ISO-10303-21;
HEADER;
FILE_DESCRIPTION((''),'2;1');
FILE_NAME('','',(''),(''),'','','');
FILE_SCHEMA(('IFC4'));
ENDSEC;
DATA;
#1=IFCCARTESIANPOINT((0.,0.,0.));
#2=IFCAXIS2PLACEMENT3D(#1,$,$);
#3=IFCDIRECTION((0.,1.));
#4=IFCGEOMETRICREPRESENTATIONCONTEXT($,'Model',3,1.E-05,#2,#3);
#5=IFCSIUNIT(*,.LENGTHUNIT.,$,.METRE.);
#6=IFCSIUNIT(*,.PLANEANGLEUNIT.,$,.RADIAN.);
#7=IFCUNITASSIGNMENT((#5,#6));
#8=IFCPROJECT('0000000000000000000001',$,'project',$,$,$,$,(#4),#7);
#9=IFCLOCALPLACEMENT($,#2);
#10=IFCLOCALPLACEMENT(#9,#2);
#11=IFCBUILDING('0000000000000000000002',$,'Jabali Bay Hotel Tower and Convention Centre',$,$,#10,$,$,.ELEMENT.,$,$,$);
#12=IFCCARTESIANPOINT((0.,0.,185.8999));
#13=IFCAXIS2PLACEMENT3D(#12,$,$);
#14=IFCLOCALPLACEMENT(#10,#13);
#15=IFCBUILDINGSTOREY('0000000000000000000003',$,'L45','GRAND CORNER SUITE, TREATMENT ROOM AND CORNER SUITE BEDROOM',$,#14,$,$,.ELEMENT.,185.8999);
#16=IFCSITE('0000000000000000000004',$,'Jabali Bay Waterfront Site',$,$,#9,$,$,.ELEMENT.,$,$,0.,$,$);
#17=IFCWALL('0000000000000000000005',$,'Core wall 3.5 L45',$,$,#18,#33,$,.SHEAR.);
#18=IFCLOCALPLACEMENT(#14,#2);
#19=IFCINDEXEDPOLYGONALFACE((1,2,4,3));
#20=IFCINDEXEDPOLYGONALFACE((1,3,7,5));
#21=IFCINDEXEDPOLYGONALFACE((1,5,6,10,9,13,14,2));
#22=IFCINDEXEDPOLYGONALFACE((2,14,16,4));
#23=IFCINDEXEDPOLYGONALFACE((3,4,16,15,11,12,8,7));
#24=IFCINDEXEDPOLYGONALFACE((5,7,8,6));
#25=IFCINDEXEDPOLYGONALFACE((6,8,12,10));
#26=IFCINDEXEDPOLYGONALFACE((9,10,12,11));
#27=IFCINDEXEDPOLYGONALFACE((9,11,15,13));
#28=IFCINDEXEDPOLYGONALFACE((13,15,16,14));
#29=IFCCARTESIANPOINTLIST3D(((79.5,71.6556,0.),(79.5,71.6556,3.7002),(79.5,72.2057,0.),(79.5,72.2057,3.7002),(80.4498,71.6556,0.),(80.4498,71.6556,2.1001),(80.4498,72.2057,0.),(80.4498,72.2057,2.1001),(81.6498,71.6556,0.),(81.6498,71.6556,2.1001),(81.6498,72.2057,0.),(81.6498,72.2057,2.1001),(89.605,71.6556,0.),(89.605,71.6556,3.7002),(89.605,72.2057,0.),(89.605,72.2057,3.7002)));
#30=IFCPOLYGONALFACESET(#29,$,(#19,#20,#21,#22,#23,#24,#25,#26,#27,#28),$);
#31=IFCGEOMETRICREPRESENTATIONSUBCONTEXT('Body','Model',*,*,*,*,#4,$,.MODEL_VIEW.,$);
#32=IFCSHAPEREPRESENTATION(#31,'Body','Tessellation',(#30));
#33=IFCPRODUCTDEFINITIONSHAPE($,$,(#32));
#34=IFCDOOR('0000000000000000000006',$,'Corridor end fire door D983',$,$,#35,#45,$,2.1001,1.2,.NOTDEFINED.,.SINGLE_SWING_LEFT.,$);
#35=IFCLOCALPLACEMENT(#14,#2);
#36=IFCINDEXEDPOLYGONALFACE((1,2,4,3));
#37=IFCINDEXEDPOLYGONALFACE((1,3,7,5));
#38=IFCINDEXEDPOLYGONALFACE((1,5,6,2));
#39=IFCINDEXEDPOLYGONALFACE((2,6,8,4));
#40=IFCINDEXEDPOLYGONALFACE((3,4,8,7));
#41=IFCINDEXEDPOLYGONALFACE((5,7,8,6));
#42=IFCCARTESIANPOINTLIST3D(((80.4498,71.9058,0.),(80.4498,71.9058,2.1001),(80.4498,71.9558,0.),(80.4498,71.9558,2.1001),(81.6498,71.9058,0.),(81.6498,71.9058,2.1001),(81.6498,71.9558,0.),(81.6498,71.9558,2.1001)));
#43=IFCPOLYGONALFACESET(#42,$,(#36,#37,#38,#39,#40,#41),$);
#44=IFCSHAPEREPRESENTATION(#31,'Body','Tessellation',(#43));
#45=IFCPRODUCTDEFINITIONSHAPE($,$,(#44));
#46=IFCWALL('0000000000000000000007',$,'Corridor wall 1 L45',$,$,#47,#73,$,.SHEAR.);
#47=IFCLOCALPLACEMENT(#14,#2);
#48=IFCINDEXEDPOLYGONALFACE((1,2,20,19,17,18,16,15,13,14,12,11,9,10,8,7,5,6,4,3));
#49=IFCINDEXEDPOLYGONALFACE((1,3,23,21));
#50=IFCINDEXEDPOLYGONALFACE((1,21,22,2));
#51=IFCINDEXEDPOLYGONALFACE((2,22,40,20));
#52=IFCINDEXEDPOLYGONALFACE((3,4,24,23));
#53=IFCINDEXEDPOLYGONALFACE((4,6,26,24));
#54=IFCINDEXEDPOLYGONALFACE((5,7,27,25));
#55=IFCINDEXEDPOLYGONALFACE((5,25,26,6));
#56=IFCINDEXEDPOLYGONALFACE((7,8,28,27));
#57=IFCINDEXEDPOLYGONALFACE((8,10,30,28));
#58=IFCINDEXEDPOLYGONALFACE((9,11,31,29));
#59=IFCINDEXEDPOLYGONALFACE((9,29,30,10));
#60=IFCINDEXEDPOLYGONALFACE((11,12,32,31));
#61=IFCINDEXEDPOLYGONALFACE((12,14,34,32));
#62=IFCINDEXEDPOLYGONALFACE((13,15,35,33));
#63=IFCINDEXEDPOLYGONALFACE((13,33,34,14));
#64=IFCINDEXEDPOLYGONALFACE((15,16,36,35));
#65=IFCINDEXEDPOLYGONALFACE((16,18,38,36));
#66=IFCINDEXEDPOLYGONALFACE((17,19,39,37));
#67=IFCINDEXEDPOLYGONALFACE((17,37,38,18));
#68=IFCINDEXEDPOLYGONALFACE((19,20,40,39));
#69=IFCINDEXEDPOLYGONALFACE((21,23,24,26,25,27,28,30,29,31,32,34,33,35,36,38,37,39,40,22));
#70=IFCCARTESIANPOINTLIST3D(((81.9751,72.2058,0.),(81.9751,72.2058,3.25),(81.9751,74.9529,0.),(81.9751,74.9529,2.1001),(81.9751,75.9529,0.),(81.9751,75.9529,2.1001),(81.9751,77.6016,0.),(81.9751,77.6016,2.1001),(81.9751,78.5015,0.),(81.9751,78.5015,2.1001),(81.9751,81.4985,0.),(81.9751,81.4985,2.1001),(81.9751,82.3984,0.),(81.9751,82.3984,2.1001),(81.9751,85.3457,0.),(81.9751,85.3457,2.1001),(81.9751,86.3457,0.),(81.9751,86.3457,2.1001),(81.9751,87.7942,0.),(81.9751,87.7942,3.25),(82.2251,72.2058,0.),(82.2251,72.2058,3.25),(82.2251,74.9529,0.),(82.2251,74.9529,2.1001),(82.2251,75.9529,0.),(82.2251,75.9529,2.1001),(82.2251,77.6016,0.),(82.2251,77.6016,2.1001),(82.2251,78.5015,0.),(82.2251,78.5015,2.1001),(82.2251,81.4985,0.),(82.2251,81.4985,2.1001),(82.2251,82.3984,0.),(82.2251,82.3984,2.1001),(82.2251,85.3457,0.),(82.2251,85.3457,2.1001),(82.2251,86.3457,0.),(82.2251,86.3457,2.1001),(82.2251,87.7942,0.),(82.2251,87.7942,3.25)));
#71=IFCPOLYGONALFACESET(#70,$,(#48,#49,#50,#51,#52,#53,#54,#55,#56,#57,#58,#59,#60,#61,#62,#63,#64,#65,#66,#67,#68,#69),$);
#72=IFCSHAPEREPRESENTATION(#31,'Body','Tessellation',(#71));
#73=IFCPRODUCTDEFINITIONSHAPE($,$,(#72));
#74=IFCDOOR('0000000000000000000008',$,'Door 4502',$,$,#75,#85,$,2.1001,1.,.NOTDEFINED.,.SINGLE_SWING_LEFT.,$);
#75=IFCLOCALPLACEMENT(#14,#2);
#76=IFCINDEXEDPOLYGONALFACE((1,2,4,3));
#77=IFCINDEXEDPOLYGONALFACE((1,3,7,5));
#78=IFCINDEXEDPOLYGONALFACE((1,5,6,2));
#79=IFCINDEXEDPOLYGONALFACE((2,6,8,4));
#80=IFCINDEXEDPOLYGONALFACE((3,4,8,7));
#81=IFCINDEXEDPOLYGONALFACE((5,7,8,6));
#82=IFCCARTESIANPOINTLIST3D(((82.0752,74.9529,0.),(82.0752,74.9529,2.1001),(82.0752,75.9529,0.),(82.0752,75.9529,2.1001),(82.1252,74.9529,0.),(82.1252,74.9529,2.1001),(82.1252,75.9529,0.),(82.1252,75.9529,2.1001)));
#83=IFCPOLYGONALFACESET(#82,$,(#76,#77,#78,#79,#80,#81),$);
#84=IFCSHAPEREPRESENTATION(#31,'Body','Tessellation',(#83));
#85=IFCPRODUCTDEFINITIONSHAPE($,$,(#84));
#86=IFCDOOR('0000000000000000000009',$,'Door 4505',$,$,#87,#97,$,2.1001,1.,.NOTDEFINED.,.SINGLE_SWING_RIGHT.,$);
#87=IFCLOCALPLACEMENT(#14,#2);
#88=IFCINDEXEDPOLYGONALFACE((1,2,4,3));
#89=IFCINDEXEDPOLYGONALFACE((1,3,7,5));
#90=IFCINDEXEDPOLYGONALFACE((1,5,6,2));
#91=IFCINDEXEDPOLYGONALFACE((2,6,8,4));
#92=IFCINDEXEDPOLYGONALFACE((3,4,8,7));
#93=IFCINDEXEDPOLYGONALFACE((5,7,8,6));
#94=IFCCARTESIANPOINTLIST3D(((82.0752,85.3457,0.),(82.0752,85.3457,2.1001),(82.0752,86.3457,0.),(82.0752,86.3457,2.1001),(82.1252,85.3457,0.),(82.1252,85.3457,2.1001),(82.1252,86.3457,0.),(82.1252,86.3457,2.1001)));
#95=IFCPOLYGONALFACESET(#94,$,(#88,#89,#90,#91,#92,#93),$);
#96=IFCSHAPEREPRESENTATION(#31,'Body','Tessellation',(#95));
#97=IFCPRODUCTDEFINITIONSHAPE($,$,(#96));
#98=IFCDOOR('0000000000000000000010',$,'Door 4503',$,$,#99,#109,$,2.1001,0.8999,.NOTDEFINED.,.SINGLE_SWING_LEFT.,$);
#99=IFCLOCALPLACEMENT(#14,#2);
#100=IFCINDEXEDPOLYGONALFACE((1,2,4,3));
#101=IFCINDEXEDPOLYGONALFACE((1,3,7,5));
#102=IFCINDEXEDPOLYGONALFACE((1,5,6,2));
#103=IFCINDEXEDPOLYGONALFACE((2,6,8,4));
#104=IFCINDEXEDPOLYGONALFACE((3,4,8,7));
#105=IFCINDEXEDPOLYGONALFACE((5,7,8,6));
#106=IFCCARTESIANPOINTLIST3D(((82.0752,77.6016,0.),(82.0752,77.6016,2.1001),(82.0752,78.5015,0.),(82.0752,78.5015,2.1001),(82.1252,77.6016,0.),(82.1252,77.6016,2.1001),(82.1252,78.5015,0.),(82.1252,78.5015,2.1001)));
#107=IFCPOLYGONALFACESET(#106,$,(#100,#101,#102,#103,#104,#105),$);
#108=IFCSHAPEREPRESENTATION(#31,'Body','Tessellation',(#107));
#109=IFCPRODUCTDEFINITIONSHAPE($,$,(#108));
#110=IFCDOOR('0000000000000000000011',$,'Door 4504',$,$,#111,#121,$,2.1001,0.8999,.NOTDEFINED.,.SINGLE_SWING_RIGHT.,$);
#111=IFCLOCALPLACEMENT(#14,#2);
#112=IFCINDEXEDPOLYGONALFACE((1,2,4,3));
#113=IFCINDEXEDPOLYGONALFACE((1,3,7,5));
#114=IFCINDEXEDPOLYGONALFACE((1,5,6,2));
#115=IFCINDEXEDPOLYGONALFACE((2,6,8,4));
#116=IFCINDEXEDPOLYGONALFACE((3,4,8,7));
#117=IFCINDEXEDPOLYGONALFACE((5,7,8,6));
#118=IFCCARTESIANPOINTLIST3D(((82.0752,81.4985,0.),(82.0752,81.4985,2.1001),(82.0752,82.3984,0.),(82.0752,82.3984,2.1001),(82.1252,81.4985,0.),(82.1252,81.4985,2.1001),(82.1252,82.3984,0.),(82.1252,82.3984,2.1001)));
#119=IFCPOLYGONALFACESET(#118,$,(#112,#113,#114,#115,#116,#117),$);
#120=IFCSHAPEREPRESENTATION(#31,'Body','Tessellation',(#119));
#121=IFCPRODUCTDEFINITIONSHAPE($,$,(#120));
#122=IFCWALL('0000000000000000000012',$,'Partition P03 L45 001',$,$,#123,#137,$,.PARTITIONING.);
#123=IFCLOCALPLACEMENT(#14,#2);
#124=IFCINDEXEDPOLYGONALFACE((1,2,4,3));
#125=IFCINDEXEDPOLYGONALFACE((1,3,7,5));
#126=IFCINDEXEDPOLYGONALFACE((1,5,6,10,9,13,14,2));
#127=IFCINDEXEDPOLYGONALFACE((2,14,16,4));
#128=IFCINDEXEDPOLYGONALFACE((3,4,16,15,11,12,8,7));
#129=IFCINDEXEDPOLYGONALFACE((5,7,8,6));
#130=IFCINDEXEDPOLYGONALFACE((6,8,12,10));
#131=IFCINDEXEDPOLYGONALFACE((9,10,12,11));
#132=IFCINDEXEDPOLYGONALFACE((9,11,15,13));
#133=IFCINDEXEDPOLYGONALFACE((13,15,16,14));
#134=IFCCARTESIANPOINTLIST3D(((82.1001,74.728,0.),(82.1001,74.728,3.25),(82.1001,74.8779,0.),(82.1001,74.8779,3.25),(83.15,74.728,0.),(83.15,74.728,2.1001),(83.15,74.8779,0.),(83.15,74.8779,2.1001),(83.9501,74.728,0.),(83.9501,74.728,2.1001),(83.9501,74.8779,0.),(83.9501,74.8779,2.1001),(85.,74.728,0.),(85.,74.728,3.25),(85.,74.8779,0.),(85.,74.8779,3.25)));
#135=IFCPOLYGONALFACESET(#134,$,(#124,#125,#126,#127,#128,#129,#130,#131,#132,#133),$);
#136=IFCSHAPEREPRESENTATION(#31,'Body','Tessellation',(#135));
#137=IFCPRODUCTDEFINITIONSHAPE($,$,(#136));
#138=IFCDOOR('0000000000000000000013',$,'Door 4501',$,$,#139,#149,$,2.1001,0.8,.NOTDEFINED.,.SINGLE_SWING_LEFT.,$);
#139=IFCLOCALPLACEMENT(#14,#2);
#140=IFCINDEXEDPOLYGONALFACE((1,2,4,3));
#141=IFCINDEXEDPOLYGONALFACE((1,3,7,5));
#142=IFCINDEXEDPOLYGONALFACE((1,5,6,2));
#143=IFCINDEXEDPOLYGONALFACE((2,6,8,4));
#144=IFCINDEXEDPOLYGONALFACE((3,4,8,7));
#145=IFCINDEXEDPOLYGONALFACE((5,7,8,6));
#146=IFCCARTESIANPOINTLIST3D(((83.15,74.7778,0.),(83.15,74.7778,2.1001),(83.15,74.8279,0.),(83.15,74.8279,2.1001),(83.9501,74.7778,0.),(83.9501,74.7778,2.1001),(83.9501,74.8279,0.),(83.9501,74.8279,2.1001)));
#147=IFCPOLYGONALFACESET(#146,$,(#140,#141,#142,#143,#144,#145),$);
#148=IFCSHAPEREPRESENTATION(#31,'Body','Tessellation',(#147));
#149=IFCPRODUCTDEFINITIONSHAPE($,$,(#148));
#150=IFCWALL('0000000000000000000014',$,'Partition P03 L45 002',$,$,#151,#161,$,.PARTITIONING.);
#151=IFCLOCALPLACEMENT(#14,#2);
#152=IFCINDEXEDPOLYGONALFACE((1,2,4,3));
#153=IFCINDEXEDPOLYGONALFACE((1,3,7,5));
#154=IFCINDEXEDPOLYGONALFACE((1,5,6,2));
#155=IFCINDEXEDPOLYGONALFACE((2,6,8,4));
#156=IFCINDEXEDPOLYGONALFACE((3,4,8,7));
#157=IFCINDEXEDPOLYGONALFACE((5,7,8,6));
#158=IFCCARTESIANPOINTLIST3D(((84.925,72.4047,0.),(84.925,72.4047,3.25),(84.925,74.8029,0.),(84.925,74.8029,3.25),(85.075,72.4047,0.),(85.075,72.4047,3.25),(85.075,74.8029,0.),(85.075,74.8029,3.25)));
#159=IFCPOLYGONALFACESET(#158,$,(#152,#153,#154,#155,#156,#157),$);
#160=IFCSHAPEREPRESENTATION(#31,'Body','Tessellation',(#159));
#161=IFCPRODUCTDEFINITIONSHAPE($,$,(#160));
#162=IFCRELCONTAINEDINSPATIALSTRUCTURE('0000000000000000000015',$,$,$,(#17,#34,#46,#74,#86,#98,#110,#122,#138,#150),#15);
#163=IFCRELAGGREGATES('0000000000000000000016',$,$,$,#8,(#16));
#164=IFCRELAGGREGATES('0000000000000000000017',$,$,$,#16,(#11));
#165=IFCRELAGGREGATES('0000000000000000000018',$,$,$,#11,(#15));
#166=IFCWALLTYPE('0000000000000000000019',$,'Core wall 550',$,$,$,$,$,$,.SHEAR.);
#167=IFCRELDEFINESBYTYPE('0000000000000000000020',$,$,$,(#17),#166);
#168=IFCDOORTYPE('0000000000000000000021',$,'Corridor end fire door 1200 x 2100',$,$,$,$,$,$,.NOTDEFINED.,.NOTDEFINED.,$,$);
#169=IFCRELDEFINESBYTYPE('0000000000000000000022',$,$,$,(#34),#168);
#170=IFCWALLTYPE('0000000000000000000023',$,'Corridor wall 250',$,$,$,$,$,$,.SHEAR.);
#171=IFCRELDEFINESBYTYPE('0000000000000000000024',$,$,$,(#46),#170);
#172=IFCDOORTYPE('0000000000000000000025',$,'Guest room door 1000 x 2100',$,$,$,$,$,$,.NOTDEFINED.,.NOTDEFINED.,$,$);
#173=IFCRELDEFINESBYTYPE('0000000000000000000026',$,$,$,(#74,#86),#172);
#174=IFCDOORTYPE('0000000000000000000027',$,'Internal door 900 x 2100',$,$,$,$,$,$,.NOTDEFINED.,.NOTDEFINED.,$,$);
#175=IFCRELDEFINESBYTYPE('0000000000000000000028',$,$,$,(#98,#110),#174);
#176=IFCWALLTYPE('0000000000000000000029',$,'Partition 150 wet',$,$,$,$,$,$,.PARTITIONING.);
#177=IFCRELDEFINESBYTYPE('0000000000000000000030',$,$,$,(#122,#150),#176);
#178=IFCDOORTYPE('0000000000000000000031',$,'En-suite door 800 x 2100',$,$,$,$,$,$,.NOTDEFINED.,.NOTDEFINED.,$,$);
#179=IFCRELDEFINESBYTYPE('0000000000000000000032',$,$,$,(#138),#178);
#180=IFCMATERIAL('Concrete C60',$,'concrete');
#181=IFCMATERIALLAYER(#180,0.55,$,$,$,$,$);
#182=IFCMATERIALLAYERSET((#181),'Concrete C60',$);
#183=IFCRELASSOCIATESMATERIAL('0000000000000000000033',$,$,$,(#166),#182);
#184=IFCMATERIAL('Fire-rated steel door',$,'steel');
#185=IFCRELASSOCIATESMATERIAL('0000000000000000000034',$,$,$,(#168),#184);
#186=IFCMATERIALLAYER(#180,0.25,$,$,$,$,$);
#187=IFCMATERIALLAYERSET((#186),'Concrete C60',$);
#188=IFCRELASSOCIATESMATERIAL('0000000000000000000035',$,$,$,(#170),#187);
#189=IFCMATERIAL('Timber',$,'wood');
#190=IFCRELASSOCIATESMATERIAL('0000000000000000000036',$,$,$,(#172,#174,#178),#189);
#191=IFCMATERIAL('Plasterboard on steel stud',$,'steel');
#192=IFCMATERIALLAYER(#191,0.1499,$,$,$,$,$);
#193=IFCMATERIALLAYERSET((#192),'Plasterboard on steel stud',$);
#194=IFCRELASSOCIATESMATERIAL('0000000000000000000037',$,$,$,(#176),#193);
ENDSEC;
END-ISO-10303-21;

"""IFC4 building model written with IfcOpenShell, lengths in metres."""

from ifc_helpers import new_model, si_unit, direction, frame, frame_2d, origin, place, context, subcontext, project, spatial, rectangle, extrude, material, layer, layer_set, type_object, element, fill, save


model = new_model("IFC4")

# Units and contexts
model_context = context("Model", 3, precision=1e-05, world=origin(), true_north=direction((0.0, 1.0)))
body_context = subcontext(model_context, "Body", "Model", "MODEL_VIEW")
ifc_project = project(units=[si_unit("LENGTHUNIT", "METRE"), si_unit("PLANEANGLEUNIT", "RADIAN")], contexts=[model_context])

# Site, building, storey
site_placement = place(None, origin())
site = spatial("IfcSite", under=ifc_project, at=site_placement, Name="Jabali Bay Waterfront Site", CompositionType="ELEMENT", RefElevation=0.0)
building_placement = place(site_placement, origin())
building = spatial("IfcBuilding", under=site, at=building_placement, Name="Jabali Bay Hotel Tower and Convention Centre", CompositionType="ELEMENT")
storey_placement = place(building_placement, frame((0.0, 0.0, 185.8999)))
storey = spatial("IfcBuildingStorey", under=building, at=storey_placement, Name="L45", Description="GRAND CORNER SUITE, TREATMENT ROOM AND CORNER SUITE BEDROOM", CompositionType="ELEMENT", Elevation=185.8999)

# Shared definitions
ifc_material_1 = material(Name="Concrete C60", Category="concrete")

# Shared definitions
ifc_material_2 = material(Name="Fire-rated steel door", Category="steel")

# Wall, opening, door
ifc_layer_1 = layer(ifc_material_1, 0.55)
ifc_layer_set_1 = layer_set([ifc_layer_1], Name="Concrete C60")
wall_type_1 = type_object("IfcWallType", Name="Core wall 550", PredefinedType="SHEAR", material=ifc_layer_set_1)
door_type_1 = type_object("IfcDoorType", Name="Corridor end fire door 1200 x 2100", OperationType="NOTDEFINED", PredefinedType="NOTDEFINED", material=ifc_material_2)
wall_1_placement = place(storey_placement, frame((89.605, 71.9307, 0.0), z_axis=(0.0, 0.0, 1.0), x_axis=(-1.0, 0.0, 0.0)))
wall_1 = element("IfcWall", 1, at=wall_1_placement, inside=storey, type_object=wall_type_1, Name="Core wall 3.5 L45", PredefinedType="SHEAR", context=body_context, shape_type="SweptSolid", body=[
    extrude(rectangle(XDim=10.105, YDim=0.55, at=frame_2d((5.0525, 0.0))), origin(), (0.0, 0.0, 1.0), 3.7002),
])
opening_1_placement = place(wall_1_placement, frame((7.9551, 0.0, 0.0)))
opening_1 = element("IfcOpeningElement", 2, at=opening_1_placement, cuts=wall_1, PredefinedType="OPENING", context=body_context, shape_type="SweptSolid", body=[
    extrude(rectangle(XDim=1.2, YDim=2.1001, at=frame_2d((0.6001, 1.05))), frame((0.0, 0.2856, 0.0), z_axis=(0.0, -1.0, 0.0), x_axis=(1.0, 0.0, 0.0)), (0.0, 0.0, 1.0), 0.571),
])
door_1_placement = place(opening_1_placement, origin())
door_1 = element("IfcDoor", 3, at=door_1_placement, inside=storey, type_object=door_type_1, Name="Corridor end fire door D983", OperationType="SINGLE_SWING_LEFT", OverallHeight=2.1001, OverallWidth=1.2, PredefinedType="NOTDEFINED", context=body_context, shape_type="SweptSolid", body=[
    extrude(rectangle(XDim=1.2, YDim=2.1001, at=frame_2d((0.6001, 1.05))), frame((0.0, 0.0249, 0.0), z_axis=(0.0, -1.0, 0.0), x_axis=(1.0, 0.0, 0.0)), (0.0, 0.0, 1.0), 0.05),
])
fill(opening_1, door_1)

# Wall, openings, doors
ifc_layer_2 = layer(ifc_material_1, 0.25)
ifc_layer_set_2 = layer_set([ifc_layer_2], Name="Concrete C60")
wall_type_2 = type_object("IfcWallType", Name="Corridor wall 250", PredefinedType="SHEAR", material=ifc_layer_set_2)
wall_2_placement = place(storey_placement, frame((82.1001, 72.2058, 0.0), z_axis=(0.0, 0.0, 1.0), x_axis=(0.0, 1.0, 0.0)))
wall_2 = element("IfcWall", 4, at=wall_2_placement, inside=storey, type_object=wall_type_2, Name="Corridor wall 1 L45", PredefinedType="SHEAR", context=body_context, shape_type="SweptSolid", body=[
    extrude(rectangle(XDim=15.5884, YDim=0.25, at=frame_2d((7.7942, 0.0))), origin(), (0.0, 0.0, 1.0), 3.25),
])
opening_2_placement = place(wall_2_placement, frame((2.7471, 0.0, 0.0)))
opening_2 = element("IfcOpeningElement", 5, at=opening_2_placement, cuts=wall_2, PredefinedType="OPENING", context=body_context, shape_type="SweptSolid", body=[
    extrude(rectangle(XDim=1.0, YDim=2.1001, at=frame_2d((0.5, 1.05))), frame((0.0, 0.1355, 0.0), z_axis=(0.0, -1.0, 0.0), x_axis=(1.0, 0.0, 0.0)), (0.0, 0.0, 1.0), 0.271),
])
opening_3_placement = place(wall_2_placement, frame((5.3958, 0.0, 0.0)))
opening_3 = element("IfcOpeningElement", 6, at=opening_3_placement, cuts=wall_2, PredefinedType="OPENING", context=body_context, shape_type="SweptSolid", body=[
    extrude(rectangle(XDim=0.8999, YDim=2.1001, at=frame_2d((0.45, 1.05))), frame((0.0, 0.1355, 0.0), z_axis=(0.0, -1.0, 0.0), x_axis=(1.0, 0.0, 0.0)), (0.0, 0.0, 1.0), 0.271),
])
opening_4_placement = place(wall_2_placement, frame((9.2927, 0.0, 0.0)))
opening_4 = element("IfcOpeningElement", 7, at=opening_4_placement, cuts=wall_2, PredefinedType="OPENING", context=body_context, shape_type="SweptSolid", body=[
    extrude(rectangle(XDim=0.8999, YDim=2.1001, at=frame_2d((0.45, 1.05))), frame((0.0, 0.1355, 0.0), z_axis=(0.0, -1.0, 0.0), x_axis=(1.0, 0.0, 0.0)), (0.0, 0.0, 1.0), 0.271),
])
opening_5_placement = place(wall_2_placement, frame((13.1399, 0.0, 0.0)))
opening_5 = element("IfcOpeningElement", 8, at=opening_5_placement, cuts=wall_2, PredefinedType="OPENING", context=body_context, shape_type="SweptSolid", body=[
    extrude(rectangle(XDim=1.0, YDim=2.1001, at=frame_2d((0.5, 1.05))), frame((0.0, 0.1355, 0.0), z_axis=(0.0, -1.0, 0.0), x_axis=(1.0, 0.0, 0.0)), (0.0, 0.0, 1.0), 0.271),
])
ifc_material_3 = material(Name="Timber", Category="wood")
door_type_2 = type_object("IfcDoorType", Name="Guest room door 1000 x 2100", OperationType="NOTDEFINED", PredefinedType="NOTDEFINED", material=ifc_material_3)
door_2_placement = place(opening_2_placement, origin())
door_2 = element("IfcDoor", 9, at=door_2_placement, inside=storey, type_object=door_type_2, Name="Door 4502", OperationType="SINGLE_SWING_LEFT", OverallHeight=2.1001, OverallWidth=1.0, PredefinedType="NOTDEFINED", context=body_context, shape_type="SweptSolid", body=[
    extrude(rectangle(XDim=1.0, YDim=2.1001, at=frame_2d((0.5, 1.05))), frame((0.0, 0.0249, 0.0), z_axis=(0.0, -1.0, 0.0), x_axis=(1.0, 0.0, 0.0)), (0.0, 0.0, 1.0), 0.05),
])
fill(opening_2, door_2)
door_3_placement = place(opening_5_placement, origin())
door_3 = element("IfcDoor", 10, at=door_3_placement, inside=storey, type_object=door_type_2, Name="Door 4505", OperationType="SINGLE_SWING_RIGHT", OverallHeight=2.1001, OverallWidth=1.0, PredefinedType="NOTDEFINED", context=body_context, shape_type="SweptSolid", body=[
    extrude(rectangle(XDim=1.0, YDim=2.1001, at=frame_2d((0.5, 1.05))), frame((0.0, 0.0249, 0.0), z_axis=(0.0, -1.0, 0.0), x_axis=(1.0, 0.0, 0.0)), (0.0, 0.0, 1.0), 0.05),
])
fill(opening_5, door_3)
door_type_3 = type_object("IfcDoorType", Name="Internal door 900 x 2100", OperationType="NOTDEFINED", PredefinedType="NOTDEFINED", material=ifc_material_3)
door_4_placement = place(opening_3_placement, origin())
door_4 = element("IfcDoor", 11, at=door_4_placement, inside=storey, type_object=door_type_3, Name="Door 4503", OperationType="SINGLE_SWING_LEFT", OverallHeight=2.1001, OverallWidth=0.8999, PredefinedType="NOTDEFINED", context=body_context, shape_type="SweptSolid", body=[
    extrude(rectangle(XDim=0.8999, YDim=2.1001, at=frame_2d((0.45, 1.05))), frame((0.0, 0.0249, 0.0), z_axis=(0.0, -1.0, 0.0), x_axis=(1.0, 0.0, 0.0)), (0.0, 0.0, 1.0), 0.05),
])
fill(opening_3, door_4)
door_5_placement = place(opening_4_placement, origin())
door_5 = element("IfcDoor", 12, at=door_5_placement, inside=storey, type_object=door_type_3, Name="Door 4504", OperationType="SINGLE_SWING_RIGHT", OverallHeight=2.1001, OverallWidth=0.8999, PredefinedType="NOTDEFINED", context=body_context, shape_type="SweptSolid", body=[
    extrude(rectangle(XDim=0.8999, YDim=2.1001, at=frame_2d((0.45, 1.05))), frame((0.0, 0.0249, 0.0), z_axis=(0.0, -1.0, 0.0), x_axis=(1.0, 0.0, 0.0)), (0.0, 0.0, 1.0), 0.05),
])
fill(opening_4, door_5)

# Wall, opening, door
ifc_material_4 = material(Name="Plasterboard on steel stud", Category="steel")
ifc_layer_3 = layer(ifc_material_4, 0.1499)
ifc_layer_set_3 = layer_set([ifc_layer_3], Name="Plasterboard on steel stud")
wall_type_3 = type_object("IfcWallType", Name="Partition 150 wet", PredefinedType="PARTITIONING", material=ifc_layer_set_3)
wall_3_placement = place(storey_placement, frame((82.1001, 74.803, 0.0), z_axis=(0.0, 0.0, 1.0), x_axis=(1.0, 0.0, 0.0)))
wall_3 = element("IfcWall", 13, at=wall_3_placement, inside=storey, type_object=wall_type_3, Name="Partition P03 L45 001", PredefinedType="PARTITIONING", context=body_context, shape_type="SweptSolid", body=[
    extrude(rectangle(XDim=2.8999, YDim=0.1499, at=frame_2d((1.45, 0.0))), origin(), (0.0, 0.0, 1.0), 3.25),
])
opening_6_placement = place(wall_3_placement, frame((1.05, 0.0, 0.0)))
opening_6 = element("IfcOpeningElement", 14, at=opening_6_placement, cuts=wall_3, PredefinedType="OPENING", context=body_context, shape_type="SweptSolid", body=[
    extrude(rectangle(XDim=0.8, YDim=2.1001, at=frame_2d((0.3999, 1.05))), frame((0.0, 0.0854, 0.0), z_axis=(0.0, -1.0, 0.0), x_axis=(1.0, 0.0, 0.0)), (0.0, 0.0, 1.0), 0.1709),
])
door_type_4 = type_object("IfcDoorType", Name="En-suite door 800 x 2100", OperationType="NOTDEFINED", PredefinedType="NOTDEFINED", material=ifc_material_3)
door_6_placement = place(opening_6_placement, origin())
door_6 = element("IfcDoor", 15, at=door_6_placement, inside=storey, type_object=door_type_4, Name="Door 4501", OperationType="SINGLE_SWING_LEFT", OverallHeight=2.1001, OverallWidth=0.8, PredefinedType="NOTDEFINED", context=body_context, shape_type="SweptSolid", body=[
    extrude(rectangle(XDim=0.8, YDim=2.1001, at=frame_2d((0.3999, 1.05))), frame((0.0, 0.0249, 0.0), z_axis=(0.0, -1.0, 0.0), x_axis=(1.0, 0.0, 0.0)), (0.0, 0.0, 1.0), 0.05),
])
fill(opening_6, door_6)

# Wall
wall_4_placement = place(storey_placement, frame((85.0, 74.803, 0.0), z_axis=(0.0, 0.0, 1.0), x_axis=(0.0, -1.0, 0.0)))
element("IfcWall", 16, at=wall_4_placement, inside=storey, type_object=wall_type_3, Name="Partition P03 L45 002", PredefinedType="PARTITIONING", context=body_context, shape_type="SweptSolid", body=[
    extrude(rectangle(XDim=2.3982, YDim=0.1499, at=frame_2d((1.1992, 0.0))), origin(), (0.0, 0.0, 1.0), 3.25),
])

save(model, "model.ifc")
